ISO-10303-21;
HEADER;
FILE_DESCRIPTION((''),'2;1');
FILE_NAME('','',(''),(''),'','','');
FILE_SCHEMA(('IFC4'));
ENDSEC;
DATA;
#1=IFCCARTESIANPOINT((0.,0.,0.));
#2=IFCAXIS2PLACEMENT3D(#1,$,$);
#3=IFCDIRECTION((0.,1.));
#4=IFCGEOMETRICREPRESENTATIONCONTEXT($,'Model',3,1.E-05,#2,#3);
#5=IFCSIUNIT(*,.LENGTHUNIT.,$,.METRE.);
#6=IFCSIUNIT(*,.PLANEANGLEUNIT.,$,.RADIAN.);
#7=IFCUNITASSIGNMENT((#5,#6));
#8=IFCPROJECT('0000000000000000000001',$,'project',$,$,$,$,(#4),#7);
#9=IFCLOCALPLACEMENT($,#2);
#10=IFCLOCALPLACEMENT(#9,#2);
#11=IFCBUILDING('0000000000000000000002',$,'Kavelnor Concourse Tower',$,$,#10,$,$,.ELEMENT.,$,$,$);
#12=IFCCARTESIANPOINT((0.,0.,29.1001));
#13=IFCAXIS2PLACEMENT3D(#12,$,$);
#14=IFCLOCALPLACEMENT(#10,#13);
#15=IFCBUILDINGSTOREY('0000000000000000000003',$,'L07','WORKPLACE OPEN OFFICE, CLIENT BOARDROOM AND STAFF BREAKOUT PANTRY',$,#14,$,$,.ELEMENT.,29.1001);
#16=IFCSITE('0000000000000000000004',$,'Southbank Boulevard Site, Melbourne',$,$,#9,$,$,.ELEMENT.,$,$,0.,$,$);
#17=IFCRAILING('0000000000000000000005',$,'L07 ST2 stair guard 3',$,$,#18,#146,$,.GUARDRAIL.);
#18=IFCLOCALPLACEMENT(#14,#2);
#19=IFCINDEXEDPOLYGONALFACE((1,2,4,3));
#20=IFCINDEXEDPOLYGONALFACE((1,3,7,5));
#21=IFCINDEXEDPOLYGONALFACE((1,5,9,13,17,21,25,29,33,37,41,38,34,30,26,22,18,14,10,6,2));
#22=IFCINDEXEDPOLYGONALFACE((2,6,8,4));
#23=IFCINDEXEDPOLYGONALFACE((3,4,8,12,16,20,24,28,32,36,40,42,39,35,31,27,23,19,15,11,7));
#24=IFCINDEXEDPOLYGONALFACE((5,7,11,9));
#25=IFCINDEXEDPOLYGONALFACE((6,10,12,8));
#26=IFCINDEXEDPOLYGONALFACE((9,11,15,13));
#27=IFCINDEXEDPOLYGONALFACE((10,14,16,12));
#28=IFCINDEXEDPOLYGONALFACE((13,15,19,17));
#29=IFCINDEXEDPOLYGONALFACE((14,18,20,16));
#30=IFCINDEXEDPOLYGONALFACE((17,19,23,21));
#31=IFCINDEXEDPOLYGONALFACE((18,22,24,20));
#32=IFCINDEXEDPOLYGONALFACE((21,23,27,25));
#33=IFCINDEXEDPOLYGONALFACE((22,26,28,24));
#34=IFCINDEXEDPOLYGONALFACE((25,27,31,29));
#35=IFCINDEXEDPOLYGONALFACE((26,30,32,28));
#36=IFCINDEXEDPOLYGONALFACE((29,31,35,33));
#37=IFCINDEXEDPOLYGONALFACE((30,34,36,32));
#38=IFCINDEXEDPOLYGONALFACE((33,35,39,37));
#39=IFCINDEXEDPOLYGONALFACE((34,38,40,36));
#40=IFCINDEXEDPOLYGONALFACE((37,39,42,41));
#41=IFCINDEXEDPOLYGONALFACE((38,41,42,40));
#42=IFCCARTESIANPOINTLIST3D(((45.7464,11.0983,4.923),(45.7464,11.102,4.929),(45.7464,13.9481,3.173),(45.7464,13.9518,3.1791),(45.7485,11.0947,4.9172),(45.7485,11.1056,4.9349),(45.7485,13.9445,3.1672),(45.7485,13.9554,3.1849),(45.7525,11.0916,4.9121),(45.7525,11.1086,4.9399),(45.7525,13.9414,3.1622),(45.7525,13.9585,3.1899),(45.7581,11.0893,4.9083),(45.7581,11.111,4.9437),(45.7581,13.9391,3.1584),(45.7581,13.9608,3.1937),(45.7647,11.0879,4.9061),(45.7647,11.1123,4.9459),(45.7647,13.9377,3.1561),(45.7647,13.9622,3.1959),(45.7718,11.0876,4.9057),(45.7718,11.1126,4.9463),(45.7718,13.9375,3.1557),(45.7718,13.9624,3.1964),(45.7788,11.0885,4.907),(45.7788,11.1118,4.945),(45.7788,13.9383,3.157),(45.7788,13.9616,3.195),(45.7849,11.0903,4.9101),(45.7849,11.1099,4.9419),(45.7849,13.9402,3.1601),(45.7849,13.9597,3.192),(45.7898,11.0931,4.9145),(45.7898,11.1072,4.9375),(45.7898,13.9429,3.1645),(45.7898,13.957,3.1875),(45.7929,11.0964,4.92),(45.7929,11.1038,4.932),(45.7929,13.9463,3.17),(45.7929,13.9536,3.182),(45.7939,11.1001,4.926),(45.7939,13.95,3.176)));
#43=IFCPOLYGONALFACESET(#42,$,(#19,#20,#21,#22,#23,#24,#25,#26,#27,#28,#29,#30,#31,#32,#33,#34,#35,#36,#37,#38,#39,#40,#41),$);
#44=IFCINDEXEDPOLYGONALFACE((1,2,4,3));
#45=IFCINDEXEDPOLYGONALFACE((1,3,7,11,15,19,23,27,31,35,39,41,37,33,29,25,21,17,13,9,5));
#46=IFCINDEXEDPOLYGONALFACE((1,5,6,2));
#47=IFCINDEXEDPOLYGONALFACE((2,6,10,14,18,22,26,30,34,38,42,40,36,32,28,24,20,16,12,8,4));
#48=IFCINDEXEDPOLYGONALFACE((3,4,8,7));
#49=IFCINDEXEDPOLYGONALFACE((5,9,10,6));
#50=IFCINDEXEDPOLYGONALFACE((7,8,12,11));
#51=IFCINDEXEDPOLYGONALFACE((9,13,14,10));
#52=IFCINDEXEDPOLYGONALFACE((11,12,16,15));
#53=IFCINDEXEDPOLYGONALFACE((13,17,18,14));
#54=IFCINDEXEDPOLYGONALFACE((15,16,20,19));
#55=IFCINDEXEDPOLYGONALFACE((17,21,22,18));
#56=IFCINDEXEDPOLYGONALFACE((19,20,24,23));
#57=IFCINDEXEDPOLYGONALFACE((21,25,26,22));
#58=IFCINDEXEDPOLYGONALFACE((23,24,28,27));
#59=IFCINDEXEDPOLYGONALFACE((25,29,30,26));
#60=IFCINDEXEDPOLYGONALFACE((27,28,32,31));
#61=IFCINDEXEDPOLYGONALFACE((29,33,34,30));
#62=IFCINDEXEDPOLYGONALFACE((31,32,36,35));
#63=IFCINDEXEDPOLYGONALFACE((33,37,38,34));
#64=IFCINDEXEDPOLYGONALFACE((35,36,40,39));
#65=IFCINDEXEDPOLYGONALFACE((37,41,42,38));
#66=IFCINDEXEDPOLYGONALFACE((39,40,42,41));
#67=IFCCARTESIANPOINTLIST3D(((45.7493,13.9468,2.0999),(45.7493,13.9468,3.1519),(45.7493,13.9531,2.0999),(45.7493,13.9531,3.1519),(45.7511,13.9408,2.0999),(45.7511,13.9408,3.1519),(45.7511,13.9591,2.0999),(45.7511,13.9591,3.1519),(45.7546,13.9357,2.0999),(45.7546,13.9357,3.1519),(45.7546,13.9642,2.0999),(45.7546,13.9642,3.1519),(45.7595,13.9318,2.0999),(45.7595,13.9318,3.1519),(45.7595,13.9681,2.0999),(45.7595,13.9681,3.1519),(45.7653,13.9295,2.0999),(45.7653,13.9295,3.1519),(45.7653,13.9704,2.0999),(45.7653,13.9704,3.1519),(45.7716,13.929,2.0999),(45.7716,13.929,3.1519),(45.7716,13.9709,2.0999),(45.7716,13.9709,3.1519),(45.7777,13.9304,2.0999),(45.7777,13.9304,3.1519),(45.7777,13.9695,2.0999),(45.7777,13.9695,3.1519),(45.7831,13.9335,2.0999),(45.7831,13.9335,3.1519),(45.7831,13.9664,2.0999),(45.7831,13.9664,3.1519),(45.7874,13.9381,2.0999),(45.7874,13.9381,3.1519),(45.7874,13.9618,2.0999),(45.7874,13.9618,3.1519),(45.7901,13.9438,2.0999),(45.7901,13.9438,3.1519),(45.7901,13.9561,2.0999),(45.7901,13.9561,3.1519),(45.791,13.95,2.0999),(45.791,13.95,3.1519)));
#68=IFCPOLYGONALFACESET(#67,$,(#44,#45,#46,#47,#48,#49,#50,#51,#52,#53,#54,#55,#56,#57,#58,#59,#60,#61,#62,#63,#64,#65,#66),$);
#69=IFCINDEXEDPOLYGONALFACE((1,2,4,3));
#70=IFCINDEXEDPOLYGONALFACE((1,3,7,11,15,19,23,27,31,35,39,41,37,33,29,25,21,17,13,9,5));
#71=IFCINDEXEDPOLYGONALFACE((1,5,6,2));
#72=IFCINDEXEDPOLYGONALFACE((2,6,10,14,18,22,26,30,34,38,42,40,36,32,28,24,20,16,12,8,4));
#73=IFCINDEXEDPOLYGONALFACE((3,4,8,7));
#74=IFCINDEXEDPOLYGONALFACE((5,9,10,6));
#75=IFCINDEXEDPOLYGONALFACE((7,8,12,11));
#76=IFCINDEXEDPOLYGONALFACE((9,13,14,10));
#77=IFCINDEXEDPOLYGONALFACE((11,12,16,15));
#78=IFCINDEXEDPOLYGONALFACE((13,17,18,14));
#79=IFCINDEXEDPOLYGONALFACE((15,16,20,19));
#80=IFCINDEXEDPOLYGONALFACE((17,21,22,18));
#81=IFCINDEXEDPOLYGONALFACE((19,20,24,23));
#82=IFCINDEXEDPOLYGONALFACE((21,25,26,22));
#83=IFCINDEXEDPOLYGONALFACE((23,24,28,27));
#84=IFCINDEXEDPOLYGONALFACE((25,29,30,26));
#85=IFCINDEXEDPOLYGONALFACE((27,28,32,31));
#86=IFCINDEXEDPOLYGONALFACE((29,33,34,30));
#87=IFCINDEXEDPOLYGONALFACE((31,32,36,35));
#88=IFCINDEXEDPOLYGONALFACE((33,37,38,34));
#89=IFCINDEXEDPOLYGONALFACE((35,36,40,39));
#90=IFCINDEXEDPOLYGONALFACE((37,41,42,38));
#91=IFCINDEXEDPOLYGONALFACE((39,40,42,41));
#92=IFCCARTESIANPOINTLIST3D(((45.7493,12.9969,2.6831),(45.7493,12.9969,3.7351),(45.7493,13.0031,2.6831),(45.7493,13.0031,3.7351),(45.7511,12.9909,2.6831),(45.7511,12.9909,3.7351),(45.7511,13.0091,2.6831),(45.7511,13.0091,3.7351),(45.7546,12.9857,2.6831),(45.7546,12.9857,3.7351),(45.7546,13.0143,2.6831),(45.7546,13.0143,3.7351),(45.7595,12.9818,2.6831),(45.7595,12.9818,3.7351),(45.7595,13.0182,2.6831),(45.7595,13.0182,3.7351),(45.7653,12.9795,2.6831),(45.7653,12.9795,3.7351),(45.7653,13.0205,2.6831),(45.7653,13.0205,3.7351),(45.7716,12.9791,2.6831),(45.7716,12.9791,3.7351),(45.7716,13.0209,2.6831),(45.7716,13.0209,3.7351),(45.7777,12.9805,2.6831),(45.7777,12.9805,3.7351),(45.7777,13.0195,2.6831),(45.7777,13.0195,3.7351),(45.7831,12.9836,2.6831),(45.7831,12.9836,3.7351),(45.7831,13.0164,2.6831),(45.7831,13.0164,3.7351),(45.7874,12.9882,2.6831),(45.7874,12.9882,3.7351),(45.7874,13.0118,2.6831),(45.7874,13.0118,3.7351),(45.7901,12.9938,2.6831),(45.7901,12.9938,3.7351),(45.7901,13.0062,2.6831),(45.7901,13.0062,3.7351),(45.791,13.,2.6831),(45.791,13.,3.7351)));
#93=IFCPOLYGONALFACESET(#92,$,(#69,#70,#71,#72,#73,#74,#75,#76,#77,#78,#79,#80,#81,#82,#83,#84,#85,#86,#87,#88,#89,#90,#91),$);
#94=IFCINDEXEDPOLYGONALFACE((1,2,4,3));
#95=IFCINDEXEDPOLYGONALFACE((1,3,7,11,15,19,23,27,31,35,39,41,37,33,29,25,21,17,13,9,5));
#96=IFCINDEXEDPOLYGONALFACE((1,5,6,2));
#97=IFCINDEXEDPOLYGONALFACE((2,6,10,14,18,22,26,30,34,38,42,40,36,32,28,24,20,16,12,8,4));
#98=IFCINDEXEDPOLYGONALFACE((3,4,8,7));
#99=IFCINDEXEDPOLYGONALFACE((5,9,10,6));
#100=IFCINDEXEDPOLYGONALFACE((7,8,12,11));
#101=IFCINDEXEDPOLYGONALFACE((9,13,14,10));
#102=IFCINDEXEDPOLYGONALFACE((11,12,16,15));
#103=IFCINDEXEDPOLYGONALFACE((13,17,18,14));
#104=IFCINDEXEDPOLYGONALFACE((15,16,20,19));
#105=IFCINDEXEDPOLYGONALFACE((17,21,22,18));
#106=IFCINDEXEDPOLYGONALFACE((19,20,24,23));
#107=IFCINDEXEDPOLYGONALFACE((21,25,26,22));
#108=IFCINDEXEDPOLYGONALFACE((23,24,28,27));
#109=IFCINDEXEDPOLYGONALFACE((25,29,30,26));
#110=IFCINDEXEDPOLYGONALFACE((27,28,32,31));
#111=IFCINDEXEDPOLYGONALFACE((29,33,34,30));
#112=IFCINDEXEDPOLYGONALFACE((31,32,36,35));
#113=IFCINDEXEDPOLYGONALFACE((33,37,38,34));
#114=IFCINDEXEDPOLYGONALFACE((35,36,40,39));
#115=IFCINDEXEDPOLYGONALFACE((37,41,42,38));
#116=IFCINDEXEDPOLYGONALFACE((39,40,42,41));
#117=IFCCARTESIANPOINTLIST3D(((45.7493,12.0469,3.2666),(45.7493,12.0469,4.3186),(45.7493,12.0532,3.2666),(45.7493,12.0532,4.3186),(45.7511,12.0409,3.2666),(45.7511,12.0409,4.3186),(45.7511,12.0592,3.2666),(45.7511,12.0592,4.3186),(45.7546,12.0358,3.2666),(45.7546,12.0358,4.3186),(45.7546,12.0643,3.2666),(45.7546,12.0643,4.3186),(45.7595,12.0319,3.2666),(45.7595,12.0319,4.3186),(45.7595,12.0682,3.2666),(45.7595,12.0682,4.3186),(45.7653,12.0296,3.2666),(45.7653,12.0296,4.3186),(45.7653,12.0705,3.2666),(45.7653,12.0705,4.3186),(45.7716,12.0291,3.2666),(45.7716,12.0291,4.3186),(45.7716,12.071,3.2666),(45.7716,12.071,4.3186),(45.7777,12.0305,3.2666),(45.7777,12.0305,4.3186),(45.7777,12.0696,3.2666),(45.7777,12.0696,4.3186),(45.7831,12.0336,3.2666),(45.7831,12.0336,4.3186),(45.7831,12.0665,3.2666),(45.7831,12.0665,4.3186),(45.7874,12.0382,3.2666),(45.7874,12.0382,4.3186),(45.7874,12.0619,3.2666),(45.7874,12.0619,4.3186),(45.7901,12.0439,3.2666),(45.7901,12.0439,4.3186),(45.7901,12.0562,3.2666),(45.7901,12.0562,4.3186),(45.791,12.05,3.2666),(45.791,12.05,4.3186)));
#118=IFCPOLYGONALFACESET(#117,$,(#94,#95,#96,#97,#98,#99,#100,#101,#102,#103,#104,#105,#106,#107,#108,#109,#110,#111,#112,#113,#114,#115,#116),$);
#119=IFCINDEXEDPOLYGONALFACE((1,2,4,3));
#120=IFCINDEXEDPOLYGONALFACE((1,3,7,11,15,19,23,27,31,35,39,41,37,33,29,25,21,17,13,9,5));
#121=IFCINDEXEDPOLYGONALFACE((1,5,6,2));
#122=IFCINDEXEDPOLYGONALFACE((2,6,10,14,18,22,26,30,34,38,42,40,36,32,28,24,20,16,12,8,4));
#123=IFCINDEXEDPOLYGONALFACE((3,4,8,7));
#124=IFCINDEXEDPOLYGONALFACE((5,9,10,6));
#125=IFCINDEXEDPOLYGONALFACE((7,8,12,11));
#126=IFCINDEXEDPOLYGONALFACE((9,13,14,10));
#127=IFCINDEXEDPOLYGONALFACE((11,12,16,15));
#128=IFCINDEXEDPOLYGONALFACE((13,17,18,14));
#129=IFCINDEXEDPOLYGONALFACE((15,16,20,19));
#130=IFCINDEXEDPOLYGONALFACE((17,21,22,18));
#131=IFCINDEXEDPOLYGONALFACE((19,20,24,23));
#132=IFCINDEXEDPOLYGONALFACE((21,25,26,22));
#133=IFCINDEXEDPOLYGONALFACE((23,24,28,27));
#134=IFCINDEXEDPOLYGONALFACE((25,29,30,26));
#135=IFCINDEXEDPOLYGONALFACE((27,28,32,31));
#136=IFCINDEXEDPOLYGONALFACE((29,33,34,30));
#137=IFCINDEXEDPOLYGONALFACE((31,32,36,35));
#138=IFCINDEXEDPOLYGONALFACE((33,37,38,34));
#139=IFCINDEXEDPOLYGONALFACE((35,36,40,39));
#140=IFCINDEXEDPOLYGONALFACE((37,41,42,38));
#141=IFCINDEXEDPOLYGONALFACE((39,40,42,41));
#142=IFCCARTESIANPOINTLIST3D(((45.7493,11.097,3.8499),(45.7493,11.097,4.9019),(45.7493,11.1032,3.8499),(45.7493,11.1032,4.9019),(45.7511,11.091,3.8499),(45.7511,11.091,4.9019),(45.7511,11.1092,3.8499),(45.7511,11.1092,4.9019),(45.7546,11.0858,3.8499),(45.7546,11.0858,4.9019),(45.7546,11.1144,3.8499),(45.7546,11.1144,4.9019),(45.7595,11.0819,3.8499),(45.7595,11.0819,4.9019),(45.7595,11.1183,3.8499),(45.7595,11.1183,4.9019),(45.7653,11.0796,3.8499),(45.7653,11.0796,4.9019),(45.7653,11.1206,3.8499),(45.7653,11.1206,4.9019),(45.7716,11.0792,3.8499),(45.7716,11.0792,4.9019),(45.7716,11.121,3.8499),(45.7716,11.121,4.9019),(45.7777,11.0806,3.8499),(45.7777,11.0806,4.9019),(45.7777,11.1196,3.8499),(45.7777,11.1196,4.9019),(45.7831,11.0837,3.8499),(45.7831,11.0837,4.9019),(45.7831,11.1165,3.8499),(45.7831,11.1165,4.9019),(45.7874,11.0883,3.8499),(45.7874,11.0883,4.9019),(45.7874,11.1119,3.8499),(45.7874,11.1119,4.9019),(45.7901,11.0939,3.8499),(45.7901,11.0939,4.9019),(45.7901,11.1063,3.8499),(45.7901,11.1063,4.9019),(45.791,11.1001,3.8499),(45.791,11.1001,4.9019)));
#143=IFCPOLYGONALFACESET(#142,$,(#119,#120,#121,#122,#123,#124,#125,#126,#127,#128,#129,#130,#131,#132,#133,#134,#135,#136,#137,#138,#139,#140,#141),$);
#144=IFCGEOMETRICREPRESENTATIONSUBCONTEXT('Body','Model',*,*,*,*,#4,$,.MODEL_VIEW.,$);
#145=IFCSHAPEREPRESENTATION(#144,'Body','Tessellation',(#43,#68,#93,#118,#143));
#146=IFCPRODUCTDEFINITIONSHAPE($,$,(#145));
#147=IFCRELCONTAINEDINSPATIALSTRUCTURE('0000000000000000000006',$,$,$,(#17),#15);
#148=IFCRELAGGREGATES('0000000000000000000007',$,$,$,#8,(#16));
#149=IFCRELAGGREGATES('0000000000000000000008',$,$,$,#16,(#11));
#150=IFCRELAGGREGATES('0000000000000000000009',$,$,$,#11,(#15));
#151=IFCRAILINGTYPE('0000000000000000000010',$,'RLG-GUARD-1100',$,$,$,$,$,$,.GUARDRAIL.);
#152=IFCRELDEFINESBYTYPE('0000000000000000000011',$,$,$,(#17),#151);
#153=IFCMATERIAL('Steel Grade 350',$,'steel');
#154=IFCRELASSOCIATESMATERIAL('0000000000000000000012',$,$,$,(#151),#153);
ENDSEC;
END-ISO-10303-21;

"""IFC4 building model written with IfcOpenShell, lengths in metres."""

from ifc_helpers import new_model, si_unit, direction, frame, origin, origin_2d, place, context, subcontext, project, spatial, circle, extrude, material, type_object, element, save


model = new_model("IFC4")

# Units and contexts
model_context = context("Model", 3, precision=1e-05, world=origin(), true_north=direction((0.0, 1.0)))
body_context = subcontext(model_context, "Body", "Model", "MODEL_VIEW")
ifc_project = project(units=[si_unit("LENGTHUNIT", "METRE"), si_unit("PLANEANGLEUNIT", "RADIAN")], contexts=[model_context])

# Site, building, storey
site_placement = place(None, origin())
site = spatial("IfcSite", under=ifc_project, at=site_placement, Name="Southbank Boulevard Site, Melbourne", CompositionType="ELEMENT", RefElevation=0.0)
building_placement = place(site_placement, origin())
building = spatial("IfcBuilding", under=site, at=building_placement, Name="Kavelnor Concourse Tower", CompositionType="ELEMENT")
storey_placement = place(building_placement, frame((0.0, 0.0, 29.1001)))
storey = spatial("IfcBuildingStorey", under=building, at=storey_placement, Name="L07", Description="WORKPLACE OPEN OFFICE, CLIENT BOARDROOM AND STAFF BREAKOUT PANTRY", CompositionType="ELEMENT", Elevation=29.1001)

# Shared definitions
ifc_material_1 = material(Name="Steel Grade 350", Category="steel")

# Railing
railing_type_1 = type_object("IfcRailingType", Name="RLG-GUARD-1100", PredefinedType="GUARDRAIL", material=ifc_material_1)
railing_1_placement = place(storey_placement, frame((45.77, 13.95, 2.0999)))
element("IfcRailing", 1, at=railing_1_placement, inside=storey, type_object=railing_type_1, Name="L07 ST2 stair guard 3", PredefinedType="GUARDRAIL", context=body_context, shape_type="SweptSolid", body=[
    extrude(circle(Radius=0.0239, at=origin_2d()), frame((0.0, 0.0, 1.0762), z_axis=(0.0, -0.852159, 0.523283), x_axis=(1.0, 0.0, 0.0)), (0.0, 0.0, 1.0), 3.3442),
    extrude(circle(Radius=0.021, at=origin_2d()), origin(), (0.0, 0.0, 1.0), 1.052),
    extrude(circle(Radius=0.021, at=origin_2d()), frame((0.0, -0.95, 0.5833)), (0.0, 0.0, 1.0), 1.052),
    extrude(circle(Radius=0.021, at=origin_2d()), frame((0.0, -1.8999, 1.1667)), (0.0, 0.0, 1.0), 1.052),
    extrude(circle(Radius=0.021, at=origin_2d()), frame((0.0, -2.8499, 1.75)), (0.0, 0.0, 1.0), 1.052),
])

save(model, "model.ifc")
